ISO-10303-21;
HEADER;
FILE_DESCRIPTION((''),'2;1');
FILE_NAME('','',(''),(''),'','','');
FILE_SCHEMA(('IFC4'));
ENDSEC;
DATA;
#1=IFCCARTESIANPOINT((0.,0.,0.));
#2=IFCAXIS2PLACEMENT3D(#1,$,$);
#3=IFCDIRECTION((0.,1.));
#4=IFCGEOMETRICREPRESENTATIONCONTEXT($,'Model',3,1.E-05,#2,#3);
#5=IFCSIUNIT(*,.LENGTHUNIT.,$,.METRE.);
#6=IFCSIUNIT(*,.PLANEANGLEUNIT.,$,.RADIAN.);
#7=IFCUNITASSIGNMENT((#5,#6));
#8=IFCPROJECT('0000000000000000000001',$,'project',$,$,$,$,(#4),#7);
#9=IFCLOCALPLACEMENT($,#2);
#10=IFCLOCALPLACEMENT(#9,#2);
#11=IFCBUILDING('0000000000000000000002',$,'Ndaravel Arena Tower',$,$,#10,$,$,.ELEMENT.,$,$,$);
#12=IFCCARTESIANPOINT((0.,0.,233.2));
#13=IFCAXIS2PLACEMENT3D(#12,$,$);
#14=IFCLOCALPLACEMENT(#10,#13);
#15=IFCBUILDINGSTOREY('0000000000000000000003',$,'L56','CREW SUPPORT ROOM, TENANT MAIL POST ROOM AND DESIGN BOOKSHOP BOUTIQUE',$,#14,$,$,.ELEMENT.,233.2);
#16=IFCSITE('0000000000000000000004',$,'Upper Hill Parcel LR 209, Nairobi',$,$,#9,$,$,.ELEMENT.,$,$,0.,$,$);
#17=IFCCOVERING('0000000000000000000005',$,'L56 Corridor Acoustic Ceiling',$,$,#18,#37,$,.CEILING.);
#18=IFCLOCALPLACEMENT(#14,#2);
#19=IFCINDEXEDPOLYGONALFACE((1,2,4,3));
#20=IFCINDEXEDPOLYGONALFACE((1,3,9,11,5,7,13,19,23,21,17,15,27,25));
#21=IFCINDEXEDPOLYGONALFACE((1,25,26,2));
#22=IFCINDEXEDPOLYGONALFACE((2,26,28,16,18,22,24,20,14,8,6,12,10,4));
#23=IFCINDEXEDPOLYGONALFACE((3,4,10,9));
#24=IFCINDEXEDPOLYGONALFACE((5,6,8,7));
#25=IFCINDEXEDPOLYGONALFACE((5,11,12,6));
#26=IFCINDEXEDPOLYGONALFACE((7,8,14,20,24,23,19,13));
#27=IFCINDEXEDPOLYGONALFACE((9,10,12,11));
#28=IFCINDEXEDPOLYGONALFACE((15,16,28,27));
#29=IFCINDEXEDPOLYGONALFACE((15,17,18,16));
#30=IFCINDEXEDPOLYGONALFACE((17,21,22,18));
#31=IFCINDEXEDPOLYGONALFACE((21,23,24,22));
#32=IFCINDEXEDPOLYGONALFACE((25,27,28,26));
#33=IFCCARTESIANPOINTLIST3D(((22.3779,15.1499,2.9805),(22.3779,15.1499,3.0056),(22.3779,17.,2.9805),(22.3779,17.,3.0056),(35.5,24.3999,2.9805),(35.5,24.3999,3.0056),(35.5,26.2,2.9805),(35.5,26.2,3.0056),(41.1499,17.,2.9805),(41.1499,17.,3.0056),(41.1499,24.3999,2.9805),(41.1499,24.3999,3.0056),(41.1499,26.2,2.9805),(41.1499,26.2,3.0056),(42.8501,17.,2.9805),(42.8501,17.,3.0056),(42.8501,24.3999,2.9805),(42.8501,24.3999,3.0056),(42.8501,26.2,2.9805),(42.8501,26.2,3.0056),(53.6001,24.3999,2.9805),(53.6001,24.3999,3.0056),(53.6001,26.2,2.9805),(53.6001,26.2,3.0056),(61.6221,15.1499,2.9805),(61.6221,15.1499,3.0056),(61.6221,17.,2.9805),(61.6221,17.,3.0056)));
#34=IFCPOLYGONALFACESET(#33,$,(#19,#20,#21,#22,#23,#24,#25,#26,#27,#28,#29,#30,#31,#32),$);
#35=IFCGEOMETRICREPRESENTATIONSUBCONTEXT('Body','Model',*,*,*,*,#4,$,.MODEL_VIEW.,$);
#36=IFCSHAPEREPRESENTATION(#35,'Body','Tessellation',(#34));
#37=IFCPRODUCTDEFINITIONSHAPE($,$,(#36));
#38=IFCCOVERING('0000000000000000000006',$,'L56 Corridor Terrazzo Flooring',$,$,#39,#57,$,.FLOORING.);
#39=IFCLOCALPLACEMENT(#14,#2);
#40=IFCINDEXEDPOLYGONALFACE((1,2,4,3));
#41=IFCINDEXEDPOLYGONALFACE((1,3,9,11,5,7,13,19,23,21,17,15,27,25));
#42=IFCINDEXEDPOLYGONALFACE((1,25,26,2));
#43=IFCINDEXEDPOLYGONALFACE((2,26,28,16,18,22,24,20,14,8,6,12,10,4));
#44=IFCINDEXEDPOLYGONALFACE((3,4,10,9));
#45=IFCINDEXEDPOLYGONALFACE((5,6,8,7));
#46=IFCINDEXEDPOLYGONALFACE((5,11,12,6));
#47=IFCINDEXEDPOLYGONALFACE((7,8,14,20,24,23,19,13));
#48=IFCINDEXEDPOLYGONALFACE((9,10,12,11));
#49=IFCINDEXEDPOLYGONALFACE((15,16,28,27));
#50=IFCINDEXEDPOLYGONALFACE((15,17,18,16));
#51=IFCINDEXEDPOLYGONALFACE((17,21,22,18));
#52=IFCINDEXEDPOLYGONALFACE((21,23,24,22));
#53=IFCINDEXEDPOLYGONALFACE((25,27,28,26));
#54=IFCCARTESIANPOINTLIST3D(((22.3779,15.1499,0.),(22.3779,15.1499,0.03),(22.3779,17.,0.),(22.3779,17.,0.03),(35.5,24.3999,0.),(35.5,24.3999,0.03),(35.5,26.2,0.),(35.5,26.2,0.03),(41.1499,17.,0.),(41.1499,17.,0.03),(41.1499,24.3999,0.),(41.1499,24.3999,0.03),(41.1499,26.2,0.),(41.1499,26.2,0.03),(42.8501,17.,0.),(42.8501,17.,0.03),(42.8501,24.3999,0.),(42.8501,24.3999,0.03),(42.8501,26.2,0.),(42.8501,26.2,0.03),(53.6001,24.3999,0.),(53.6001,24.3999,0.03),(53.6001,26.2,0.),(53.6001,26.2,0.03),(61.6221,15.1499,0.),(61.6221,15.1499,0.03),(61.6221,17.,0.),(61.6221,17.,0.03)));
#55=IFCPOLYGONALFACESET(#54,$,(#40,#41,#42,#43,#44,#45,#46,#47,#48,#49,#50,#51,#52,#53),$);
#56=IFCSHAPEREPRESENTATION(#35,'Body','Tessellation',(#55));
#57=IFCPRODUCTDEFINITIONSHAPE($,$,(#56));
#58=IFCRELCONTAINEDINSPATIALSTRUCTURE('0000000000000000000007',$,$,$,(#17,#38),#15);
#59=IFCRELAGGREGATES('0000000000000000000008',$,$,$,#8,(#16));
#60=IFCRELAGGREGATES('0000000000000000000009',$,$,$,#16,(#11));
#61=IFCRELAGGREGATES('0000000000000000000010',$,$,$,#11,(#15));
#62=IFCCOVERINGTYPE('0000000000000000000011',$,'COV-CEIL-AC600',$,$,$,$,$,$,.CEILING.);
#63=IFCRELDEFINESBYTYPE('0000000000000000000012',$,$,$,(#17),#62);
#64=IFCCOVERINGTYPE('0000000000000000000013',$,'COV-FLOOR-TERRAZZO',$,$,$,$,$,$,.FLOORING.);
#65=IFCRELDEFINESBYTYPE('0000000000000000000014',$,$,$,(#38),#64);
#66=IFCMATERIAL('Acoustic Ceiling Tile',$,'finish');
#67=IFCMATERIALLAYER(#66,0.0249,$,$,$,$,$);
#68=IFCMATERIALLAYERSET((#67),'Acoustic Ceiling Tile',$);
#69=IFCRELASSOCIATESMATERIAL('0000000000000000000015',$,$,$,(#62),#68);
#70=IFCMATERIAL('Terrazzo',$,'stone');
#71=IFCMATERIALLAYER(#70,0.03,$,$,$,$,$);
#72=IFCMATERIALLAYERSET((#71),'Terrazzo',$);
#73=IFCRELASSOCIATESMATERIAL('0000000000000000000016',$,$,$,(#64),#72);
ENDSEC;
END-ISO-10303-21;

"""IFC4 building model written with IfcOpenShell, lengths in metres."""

from ifc_helpers import new_model, si_unit, direction, frame, origin, place, context, subcontext, project, spatial, polyline, outline, extrude, material, layer, layer_set, type_object, element, save


model = new_model("IFC4")

# Units and contexts
model_context = context("Model", 3, precision=1e-05, world=origin(), true_north=direction((0.0, 1.0)))
body_context = subcontext(model_context, "Body", "Model", "MODEL_VIEW")
ifc_project = project(units=[si_unit("LENGTHUNIT", "METRE"), si_unit("PLANEANGLEUNIT", "RADIAN")], contexts=[model_context])

# Site, building, storey
site_placement = place(None, origin())
site = spatial("IfcSite", under=ifc_project, at=site_placement, Name="Upper Hill Parcel LR 209, Nairobi", CompositionType="ELEMENT", RefElevation=0.0)
building_placement = place(site_placement, origin())
building = spatial("IfcBuilding", under=site, at=building_placement, Name="Ndaravel Arena Tower", CompositionType="ELEMENT")
storey_placement = place(building_placement, frame((0.0, 0.0, 233.2)))
storey = spatial("IfcBuildingStorey", under=building, at=storey_placement, Name="L56", Description="CREW SUPPORT ROOM, TENANT MAIL POST ROOM AND DESIGN BOOKSHOP BOUTIQUE", CompositionType="ELEMENT", Elevation=233.2)

# Coverings
ifc_material_1 = material(Name="Acoustic Ceiling Tile", Category="finish")
ifc_layer_1 = layer(ifc_material_1, 0.0249)
ifc_layer_set_1 = layer_set([ifc_layer_1], Name="Acoustic Ceiling Tile")
covering_type_1 = type_object("IfcCoveringType", Name="COV-CEIL-AC600", PredefinedType="CEILING", material=ifc_layer_set_1)
covering_1_placement = place(storey_placement, frame((0.0, 0.0, 2.9805)))
element("IfcCovering", 1, at=covering_1_placement, inside=storey, type_object=covering_type_1, Name="L56 Corridor Acoustic Ceiling", PredefinedType="CEILING", context=body_context, shape_type="SweptSolid", body=[
    extrude(outline(polyline([(61.6221, 17.0), (42.8501, 17.0), (42.8501, 24.3999), (53.6001, 24.3999), (53.6001, 26.2), (42.8501, 26.2), (41.1499, 26.2), (35.5, 26.2), (35.5, 24.3999), (41.1499, 24.3999), (41.1499, 17.0), (22.3779, 17.0), (22.3779, 15.1499), (61.6221, 15.1499), (61.6221, 17.0)])), origin(), (0.0, 0.0, 1.0), 0.0251),
])
ifc_material_2 = material(Name="Terrazzo", Category="stone")
ifc_layer_2 = layer(ifc_material_2, 0.03)
ifc_layer_set_2 = layer_set([ifc_layer_2], Name="Terrazzo")
covering_type_2 = type_object("IfcCoveringType", Name="COV-FLOOR-TERRAZZO", PredefinedType="FLOORING", material=ifc_layer_set_2)
covering_2_placement = place(storey_placement, origin())
element("IfcCovering", 2, at=covering_2_placement, inside=storey, type_object=covering_type_2, Name="L56 Corridor Terrazzo Flooring", PredefinedType="FLOORING", context=body_context, shape_type="SweptSolid", body=[
    extrude(outline(polyline([(61.6221, 17.0), (42.8501, 17.0), (42.8501, 24.3999), (53.6001, 24.3999), (53.6001, 26.2), (42.8501, 26.2), (41.1499, 26.2), (35.5, 26.2), (35.5, 24.3999), (41.1499, 24.3999), (41.1499, 17.0), (22.3779, 17.0), (22.3779, 15.1499), (61.6221, 15.1499), (61.6221, 17.0)])), origin(), (0.0, 0.0, 1.0), 0.03),
])

save(model, "model.ifc")
